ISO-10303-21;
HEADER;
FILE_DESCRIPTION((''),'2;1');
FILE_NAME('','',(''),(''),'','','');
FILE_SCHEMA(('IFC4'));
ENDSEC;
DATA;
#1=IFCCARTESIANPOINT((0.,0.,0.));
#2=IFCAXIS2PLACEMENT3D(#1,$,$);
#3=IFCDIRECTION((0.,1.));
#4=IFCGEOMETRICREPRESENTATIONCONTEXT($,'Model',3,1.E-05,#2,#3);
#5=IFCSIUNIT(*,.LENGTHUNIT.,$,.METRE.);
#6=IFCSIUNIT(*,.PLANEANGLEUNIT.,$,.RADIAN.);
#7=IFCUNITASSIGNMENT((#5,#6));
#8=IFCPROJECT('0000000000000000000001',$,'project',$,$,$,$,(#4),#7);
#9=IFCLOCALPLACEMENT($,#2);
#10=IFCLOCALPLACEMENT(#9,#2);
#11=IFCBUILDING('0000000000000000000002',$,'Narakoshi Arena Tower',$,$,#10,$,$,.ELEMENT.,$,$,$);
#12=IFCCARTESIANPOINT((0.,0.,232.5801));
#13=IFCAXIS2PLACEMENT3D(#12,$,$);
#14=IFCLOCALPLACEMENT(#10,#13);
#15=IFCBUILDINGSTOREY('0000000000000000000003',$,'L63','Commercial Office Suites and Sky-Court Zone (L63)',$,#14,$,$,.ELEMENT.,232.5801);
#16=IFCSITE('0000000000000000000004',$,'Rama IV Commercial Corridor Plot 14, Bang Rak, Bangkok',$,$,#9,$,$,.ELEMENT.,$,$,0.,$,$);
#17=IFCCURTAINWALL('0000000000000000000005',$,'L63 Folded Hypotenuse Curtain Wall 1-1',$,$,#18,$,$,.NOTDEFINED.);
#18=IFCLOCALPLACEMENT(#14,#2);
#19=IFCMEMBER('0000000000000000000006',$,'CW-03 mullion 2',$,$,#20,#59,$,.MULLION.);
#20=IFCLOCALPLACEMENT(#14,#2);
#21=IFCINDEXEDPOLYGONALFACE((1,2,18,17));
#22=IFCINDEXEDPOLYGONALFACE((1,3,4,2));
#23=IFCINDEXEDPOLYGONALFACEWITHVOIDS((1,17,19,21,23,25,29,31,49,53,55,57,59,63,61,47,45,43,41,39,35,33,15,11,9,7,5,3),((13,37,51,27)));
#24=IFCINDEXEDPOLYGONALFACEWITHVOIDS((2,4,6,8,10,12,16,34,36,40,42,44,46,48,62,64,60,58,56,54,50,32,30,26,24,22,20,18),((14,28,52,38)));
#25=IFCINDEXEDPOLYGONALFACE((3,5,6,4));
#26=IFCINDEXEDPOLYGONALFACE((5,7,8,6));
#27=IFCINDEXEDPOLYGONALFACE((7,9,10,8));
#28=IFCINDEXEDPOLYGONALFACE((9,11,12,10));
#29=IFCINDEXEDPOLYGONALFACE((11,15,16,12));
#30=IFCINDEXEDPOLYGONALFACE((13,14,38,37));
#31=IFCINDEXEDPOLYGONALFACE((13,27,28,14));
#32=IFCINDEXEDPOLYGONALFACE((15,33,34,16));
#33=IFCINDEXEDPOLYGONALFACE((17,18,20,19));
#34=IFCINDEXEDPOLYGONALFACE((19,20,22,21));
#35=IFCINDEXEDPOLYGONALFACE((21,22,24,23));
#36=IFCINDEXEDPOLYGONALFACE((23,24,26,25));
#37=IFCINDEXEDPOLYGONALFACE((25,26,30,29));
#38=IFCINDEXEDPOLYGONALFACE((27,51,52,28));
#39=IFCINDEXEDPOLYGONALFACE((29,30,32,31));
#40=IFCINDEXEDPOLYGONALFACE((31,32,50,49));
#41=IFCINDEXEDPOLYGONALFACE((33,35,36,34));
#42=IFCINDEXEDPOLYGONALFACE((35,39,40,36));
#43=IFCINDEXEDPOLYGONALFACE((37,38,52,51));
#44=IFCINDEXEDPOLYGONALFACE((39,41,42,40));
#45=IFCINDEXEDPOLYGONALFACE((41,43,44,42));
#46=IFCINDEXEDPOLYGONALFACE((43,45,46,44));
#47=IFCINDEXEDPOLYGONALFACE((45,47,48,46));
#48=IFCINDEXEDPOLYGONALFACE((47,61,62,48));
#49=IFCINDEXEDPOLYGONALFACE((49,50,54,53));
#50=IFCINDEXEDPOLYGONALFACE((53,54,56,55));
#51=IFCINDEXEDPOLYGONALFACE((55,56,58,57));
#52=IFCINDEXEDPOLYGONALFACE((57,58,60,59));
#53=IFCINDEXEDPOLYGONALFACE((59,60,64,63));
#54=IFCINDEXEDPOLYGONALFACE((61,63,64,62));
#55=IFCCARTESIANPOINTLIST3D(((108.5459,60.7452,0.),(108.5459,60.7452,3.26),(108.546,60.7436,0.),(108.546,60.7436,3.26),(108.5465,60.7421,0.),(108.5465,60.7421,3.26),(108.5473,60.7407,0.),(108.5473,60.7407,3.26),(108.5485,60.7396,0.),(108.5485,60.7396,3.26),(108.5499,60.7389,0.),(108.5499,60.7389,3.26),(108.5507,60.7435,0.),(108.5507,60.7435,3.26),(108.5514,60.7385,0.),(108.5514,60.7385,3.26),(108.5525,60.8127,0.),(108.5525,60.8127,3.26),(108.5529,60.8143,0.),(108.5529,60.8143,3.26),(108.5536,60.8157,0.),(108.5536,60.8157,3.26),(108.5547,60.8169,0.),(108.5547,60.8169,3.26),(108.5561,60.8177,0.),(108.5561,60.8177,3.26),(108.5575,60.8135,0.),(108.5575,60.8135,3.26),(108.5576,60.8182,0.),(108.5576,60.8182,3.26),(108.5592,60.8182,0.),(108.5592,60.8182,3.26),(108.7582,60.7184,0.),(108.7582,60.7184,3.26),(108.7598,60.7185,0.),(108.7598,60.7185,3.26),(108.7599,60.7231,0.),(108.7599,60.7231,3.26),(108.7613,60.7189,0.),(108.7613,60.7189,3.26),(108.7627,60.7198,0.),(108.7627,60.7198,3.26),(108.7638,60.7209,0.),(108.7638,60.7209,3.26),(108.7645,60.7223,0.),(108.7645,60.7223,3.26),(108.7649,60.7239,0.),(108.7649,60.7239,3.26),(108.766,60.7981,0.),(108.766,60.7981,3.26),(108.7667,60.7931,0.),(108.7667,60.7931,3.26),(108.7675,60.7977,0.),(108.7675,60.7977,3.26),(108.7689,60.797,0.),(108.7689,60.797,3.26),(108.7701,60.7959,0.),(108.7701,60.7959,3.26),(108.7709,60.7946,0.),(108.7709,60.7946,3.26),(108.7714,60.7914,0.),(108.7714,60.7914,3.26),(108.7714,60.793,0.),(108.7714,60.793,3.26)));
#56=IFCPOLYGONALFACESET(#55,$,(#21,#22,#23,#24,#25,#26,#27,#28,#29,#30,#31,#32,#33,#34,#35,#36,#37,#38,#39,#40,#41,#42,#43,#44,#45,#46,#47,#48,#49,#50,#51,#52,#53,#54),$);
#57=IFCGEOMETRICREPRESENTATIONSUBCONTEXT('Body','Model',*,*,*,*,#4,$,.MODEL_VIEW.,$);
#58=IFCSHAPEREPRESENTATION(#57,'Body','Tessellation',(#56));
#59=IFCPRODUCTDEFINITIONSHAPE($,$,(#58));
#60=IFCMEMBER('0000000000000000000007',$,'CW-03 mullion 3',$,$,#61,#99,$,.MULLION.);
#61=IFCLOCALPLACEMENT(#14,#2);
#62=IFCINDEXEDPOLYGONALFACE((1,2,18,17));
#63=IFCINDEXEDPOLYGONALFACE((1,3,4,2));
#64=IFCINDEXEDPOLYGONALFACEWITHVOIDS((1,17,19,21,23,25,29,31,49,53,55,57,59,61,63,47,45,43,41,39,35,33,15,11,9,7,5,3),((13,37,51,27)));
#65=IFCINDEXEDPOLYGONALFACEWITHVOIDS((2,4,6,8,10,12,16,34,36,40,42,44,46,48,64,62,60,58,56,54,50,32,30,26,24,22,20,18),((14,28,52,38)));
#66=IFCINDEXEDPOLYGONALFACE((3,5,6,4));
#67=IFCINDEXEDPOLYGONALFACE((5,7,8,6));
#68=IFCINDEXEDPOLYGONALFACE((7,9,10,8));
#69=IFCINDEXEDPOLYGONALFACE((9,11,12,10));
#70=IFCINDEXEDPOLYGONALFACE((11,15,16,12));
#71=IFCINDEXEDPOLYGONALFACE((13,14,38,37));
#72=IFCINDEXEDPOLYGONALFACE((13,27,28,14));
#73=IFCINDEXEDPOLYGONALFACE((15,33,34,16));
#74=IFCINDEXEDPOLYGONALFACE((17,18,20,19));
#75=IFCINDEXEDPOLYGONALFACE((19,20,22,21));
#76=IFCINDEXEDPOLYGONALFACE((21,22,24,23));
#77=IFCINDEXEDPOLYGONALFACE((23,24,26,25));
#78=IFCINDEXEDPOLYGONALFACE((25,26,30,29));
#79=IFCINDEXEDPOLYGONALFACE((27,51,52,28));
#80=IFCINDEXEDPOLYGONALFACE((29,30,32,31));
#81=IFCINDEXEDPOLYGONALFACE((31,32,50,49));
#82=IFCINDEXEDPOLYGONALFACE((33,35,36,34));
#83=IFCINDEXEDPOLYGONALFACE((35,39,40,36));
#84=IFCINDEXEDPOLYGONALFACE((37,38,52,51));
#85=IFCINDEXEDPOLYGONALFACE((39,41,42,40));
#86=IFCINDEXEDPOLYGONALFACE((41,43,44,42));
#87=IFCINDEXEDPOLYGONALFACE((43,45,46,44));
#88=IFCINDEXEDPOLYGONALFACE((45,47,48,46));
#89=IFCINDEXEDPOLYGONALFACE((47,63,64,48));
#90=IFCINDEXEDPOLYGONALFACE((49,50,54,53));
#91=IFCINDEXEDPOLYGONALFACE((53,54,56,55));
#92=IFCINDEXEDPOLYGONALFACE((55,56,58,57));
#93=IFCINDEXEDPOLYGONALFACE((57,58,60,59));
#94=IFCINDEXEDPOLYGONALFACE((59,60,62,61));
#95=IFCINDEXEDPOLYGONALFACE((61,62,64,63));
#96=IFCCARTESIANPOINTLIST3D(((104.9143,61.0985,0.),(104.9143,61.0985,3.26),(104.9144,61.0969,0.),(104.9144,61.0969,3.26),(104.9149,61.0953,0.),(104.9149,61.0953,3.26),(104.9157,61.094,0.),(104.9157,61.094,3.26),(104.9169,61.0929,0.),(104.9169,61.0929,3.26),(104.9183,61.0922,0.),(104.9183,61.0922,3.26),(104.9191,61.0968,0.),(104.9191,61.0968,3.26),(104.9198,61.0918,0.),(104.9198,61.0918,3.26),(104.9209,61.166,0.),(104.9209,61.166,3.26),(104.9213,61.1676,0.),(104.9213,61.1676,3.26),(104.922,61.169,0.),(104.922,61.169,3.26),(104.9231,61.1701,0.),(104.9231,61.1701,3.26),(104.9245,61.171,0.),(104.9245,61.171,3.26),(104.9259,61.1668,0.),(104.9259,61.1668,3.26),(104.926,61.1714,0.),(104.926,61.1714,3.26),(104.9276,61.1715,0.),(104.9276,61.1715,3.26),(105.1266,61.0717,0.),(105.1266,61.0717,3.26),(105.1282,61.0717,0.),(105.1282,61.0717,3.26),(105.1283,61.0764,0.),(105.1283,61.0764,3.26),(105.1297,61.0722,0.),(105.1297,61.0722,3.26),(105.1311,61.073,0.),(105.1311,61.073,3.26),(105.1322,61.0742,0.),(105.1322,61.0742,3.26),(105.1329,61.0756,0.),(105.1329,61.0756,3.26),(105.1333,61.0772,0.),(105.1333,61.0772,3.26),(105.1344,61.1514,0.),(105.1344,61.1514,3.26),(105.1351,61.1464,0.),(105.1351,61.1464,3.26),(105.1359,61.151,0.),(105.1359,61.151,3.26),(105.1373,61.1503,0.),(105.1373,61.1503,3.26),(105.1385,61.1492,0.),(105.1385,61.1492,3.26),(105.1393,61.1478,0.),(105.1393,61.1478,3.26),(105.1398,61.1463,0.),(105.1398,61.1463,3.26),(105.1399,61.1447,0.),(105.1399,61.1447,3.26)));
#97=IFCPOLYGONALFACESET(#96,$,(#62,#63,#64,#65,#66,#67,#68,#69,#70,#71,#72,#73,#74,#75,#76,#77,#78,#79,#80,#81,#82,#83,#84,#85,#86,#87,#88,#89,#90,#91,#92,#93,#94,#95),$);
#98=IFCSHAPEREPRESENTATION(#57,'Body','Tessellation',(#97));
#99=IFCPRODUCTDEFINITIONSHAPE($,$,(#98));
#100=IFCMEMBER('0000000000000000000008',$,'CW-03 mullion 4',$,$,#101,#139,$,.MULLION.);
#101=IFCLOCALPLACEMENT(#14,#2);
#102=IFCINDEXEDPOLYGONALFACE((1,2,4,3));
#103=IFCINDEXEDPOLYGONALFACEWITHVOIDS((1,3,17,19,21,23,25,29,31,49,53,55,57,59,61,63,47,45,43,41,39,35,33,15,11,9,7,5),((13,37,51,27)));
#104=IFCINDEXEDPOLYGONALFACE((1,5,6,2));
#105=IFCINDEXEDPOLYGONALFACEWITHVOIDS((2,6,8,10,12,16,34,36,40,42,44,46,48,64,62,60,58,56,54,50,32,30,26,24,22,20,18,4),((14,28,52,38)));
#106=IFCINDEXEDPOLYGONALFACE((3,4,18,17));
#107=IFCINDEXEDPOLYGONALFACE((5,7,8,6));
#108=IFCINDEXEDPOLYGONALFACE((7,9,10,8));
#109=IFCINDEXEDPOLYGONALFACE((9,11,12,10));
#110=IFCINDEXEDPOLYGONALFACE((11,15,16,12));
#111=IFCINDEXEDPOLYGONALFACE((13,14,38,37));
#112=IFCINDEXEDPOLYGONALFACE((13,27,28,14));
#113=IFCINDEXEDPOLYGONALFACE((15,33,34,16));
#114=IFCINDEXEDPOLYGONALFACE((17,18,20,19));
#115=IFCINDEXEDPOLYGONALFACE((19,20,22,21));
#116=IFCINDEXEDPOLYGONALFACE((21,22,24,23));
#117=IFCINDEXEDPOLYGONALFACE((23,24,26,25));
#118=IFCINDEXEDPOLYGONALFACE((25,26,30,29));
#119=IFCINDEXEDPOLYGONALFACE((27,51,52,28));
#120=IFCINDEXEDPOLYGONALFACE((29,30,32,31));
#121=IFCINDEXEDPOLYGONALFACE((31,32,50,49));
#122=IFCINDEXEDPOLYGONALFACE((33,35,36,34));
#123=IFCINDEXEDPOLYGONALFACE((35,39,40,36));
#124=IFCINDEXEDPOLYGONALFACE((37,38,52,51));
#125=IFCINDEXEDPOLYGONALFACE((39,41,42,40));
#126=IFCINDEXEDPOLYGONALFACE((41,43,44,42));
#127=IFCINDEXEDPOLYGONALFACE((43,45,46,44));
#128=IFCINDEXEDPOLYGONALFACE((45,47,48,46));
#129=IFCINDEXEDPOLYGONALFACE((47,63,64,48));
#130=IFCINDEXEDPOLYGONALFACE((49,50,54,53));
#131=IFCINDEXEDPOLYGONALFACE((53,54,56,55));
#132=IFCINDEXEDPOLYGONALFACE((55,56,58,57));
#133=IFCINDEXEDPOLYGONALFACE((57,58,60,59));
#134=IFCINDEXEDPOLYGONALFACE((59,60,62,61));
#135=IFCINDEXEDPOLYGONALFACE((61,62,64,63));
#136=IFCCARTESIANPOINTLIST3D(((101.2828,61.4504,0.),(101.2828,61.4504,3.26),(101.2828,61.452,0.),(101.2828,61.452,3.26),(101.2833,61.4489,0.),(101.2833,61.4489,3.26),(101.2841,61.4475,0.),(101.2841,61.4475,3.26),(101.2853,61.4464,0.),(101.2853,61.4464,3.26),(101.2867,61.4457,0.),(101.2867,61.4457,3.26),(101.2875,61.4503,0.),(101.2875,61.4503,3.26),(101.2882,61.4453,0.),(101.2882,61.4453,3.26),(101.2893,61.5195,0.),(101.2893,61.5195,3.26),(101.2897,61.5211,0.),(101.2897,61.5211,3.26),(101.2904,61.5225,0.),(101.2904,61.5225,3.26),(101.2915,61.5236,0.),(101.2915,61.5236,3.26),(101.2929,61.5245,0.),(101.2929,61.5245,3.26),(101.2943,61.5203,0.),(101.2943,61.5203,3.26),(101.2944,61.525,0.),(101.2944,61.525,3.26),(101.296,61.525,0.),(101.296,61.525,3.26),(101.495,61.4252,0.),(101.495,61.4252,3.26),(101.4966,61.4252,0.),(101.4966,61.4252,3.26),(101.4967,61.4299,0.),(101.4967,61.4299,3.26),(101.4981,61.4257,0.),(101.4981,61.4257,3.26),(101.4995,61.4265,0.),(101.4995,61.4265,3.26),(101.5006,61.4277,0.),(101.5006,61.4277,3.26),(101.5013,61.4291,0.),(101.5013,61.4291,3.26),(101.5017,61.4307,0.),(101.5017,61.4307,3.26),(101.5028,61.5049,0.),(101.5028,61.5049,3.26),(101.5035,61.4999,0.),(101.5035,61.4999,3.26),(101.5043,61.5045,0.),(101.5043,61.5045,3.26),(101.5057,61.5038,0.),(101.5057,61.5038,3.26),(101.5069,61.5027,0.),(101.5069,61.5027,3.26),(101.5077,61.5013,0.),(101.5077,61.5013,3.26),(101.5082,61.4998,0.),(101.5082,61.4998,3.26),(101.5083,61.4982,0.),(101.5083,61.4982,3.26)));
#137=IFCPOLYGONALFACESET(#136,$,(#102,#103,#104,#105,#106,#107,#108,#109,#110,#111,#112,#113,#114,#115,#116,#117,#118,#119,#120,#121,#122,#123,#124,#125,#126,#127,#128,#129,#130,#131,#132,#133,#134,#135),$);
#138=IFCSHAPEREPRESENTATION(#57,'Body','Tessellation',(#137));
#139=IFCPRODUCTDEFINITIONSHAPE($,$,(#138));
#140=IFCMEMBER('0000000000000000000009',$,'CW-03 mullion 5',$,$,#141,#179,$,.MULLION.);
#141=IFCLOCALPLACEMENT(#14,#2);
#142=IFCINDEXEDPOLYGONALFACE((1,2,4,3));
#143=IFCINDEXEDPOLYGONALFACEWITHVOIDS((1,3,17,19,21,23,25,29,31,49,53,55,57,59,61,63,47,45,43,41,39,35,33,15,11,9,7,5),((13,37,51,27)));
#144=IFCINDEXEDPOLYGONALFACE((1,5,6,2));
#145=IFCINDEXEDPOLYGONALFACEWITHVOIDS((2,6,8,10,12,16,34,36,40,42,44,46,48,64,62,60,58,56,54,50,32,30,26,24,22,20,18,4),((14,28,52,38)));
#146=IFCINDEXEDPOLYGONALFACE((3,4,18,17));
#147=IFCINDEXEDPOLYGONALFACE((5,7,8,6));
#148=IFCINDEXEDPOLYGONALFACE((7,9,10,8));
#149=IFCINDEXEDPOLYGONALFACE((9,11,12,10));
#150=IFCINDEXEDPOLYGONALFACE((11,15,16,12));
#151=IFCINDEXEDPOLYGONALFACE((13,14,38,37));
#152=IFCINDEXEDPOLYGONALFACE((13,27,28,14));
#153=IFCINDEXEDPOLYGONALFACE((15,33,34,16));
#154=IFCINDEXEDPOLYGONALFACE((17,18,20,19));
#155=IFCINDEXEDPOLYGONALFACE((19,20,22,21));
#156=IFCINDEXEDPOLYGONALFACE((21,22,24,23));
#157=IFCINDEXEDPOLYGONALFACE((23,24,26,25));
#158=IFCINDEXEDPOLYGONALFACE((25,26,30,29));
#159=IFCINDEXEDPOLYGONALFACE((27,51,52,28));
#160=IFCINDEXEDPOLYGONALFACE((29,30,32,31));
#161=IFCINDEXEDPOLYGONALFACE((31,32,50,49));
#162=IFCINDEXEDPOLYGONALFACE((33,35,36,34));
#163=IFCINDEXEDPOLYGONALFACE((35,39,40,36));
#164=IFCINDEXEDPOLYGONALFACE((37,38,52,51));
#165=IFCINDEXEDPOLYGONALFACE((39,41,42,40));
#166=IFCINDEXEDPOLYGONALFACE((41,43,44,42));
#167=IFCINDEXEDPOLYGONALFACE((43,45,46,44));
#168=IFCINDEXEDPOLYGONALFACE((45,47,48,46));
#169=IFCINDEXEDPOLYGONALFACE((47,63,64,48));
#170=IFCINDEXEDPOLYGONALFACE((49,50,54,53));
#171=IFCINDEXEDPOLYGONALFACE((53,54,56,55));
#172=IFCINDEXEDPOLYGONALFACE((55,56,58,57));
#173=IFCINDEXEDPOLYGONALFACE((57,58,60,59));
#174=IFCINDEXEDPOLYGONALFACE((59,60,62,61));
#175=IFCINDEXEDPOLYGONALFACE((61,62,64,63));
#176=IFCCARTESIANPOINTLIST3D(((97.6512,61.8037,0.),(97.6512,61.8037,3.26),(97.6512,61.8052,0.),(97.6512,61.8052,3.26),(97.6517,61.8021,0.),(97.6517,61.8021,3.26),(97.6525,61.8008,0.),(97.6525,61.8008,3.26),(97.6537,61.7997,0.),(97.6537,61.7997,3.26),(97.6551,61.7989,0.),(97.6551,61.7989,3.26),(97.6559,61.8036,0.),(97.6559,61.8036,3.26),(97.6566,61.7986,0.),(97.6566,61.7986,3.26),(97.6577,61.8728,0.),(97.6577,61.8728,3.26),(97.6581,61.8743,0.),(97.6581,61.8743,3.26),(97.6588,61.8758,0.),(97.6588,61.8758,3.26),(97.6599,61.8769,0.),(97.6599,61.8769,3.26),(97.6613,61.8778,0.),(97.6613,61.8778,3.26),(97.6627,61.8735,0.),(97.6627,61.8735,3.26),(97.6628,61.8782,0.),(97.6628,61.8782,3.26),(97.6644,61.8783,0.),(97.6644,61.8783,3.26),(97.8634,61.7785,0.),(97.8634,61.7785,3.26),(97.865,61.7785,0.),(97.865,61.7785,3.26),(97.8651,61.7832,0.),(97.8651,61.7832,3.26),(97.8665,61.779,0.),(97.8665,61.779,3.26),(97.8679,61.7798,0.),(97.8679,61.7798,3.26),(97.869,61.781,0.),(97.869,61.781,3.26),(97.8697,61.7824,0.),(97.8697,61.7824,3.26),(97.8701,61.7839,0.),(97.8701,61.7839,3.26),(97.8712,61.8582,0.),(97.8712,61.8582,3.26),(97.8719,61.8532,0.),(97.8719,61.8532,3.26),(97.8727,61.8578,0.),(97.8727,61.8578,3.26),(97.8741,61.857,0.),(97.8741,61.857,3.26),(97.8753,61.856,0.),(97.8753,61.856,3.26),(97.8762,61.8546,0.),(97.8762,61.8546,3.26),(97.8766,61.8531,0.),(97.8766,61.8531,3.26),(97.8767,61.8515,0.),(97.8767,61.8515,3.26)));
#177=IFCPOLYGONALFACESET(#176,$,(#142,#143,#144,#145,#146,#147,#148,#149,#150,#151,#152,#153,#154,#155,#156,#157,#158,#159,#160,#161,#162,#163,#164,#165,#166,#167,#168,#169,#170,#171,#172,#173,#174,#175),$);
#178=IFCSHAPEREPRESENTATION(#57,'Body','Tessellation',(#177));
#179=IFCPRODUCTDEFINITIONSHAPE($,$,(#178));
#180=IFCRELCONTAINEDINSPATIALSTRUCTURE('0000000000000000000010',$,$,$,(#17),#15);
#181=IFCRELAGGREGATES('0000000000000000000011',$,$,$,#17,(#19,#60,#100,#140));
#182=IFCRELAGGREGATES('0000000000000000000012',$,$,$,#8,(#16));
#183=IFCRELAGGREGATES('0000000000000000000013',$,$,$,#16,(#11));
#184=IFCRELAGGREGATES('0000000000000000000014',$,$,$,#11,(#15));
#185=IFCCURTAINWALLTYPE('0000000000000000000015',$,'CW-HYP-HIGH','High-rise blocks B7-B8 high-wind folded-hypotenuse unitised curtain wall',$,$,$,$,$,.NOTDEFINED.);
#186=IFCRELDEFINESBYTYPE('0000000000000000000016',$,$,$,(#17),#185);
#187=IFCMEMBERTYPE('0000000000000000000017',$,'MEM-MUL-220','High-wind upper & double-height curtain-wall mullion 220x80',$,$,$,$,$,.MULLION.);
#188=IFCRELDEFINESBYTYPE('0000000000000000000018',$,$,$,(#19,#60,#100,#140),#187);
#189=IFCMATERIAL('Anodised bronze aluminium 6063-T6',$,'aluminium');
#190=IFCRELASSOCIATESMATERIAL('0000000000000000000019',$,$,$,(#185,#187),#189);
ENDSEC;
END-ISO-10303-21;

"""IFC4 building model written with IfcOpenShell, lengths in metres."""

from ifc_helpers import new_model, si_unit, direction, frame, origin, origin_2d, place, context, subcontext, project, spatial, hollow_rectangle, extrude, material, material_profile, profile_set, type_object, element, aggregate, save


model = new_model("IFC4")

# Units and contexts
model_context = context("Model", 3, precision=1e-05, world=origin(), true_north=direction((0.0, 1.0)))
body_context = subcontext(model_context, "Body", "Model", "MODEL_VIEW")
ifc_project = project(units=[si_unit("LENGTHUNIT", "METRE"), si_unit("PLANEANGLEUNIT", "RADIAN")], contexts=[model_context])

# Site, building, storey
site_placement = place(None, origin())
site = spatial("IfcSite", under=ifc_project, at=site_placement, Name="Rama IV Commercial Corridor Plot 14, Bang Rak, Bangkok", CompositionType="ELEMENT", RefElevation=0.0)
building_placement = place(site_placement, origin())
building = spatial("IfcBuilding", under=site, at=building_placement, Name="Narakoshi Arena Tower", CompositionType="ELEMENT")
storey_placement = place(building_placement, frame((0.0, 0.0, 232.5801)))
storey = spatial("IfcBuildingStorey", under=building, at=storey_placement, Name="L63", Description="Commercial Office Suites and Sky-Court Zone (L63)", CompositionType="ELEMENT", Elevation=232.5801)

# Curtain wall, members
ifc_material_1 = material(Name="Anodised bronze aluminium 6063-T6", Category="aluminium")
curtain_wall_type = type_object("IfcCurtainWallType", Name="CW-HYP-HIGH", Description="High-rise blocks B7-B8 high-wind folded-hypotenuse unitised curtain wall", PredefinedType="NOTDEFINED", material=ifc_material_1)
curtain_wall_placement = place(storey_placement, origin())
curtain_wall = element("IfcCurtainWall", 1, at=curtain_wall_placement, inside=storey, type_object=curtain_wall_type, Name="L63 Folded Hypotenuse Curtain Wall 1-1", PredefinedType="NOTDEFINED")
ifc_material_profile_1 = material_profile(ifc_material_1, hollow_rectangle(XDim=0.0801, YDim=0.22, WallThickness=0.0049, OuterFilletRadius=0.0061, at=origin_2d()), Name="MUL220x80x5")
ifc_profile_set_1 = profile_set([ifc_material_profile_1], Name="Anodised bronze aluminium 6063-T6")
member_type_1 = type_object("IfcMemberType", Name="MEM-MUL-220", Description="High-wind upper & double-height curtain-wall mullion 220x80", PredefinedType="MULLION", material=ifc_profile_set_1)
member_1_placement = place(storey_placement, frame((108.6587, 60.7683, 0.0), z_axis=(0.0, 0.0, 1.0), x_axis=(-0.096851, -0.995299, 0.0)))
member_1 = element("IfcMember", 2, at=member_1_placement, type_object=member_type_1, Name="CW-03 mullion 2", PredefinedType="MULLION", context=body_context, shape_type="SweptSolid", body=[
    extrude(hollow_rectangle(XDim=0.0801, YDim=0.22, WallThickness=0.0049, OuterFilletRadius=0.0061, at=origin_2d()), origin(), (0.0, 0.0, 1.0), 3.26),
])
member_2_placement = place(storey_placement, frame((105.0271, 61.1216, 0.0), z_axis=(0.0, 0.0, 1.0), x_axis=(-0.096851, -0.995299, 0.0)))
member_2 = element("IfcMember", 3, at=member_2_placement, type_object=member_type_1, Name="CW-03 mullion 3", PredefinedType="MULLION", context=body_context, shape_type="SweptSolid", body=[
    extrude(hollow_rectangle(XDim=0.0801, YDim=0.22, WallThickness=0.0049, OuterFilletRadius=0.0061, at=origin_2d()), origin(), (0.0, 0.0, 1.0), 3.26),
])
member_3_placement = place(storey_placement, frame((101.3955, 61.4751, 0.0), z_axis=(0.0, 0.0, 1.0), x_axis=(-0.096851, -0.995299, 0.0)))
member_3 = element("IfcMember", 4, at=member_3_placement, type_object=member_type_1, Name="CW-03 mullion 4", PredefinedType="MULLION", context=body_context, shape_type="SweptSolid", body=[
    extrude(hollow_rectangle(XDim=0.0801, YDim=0.22, WallThickness=0.0049, OuterFilletRadius=0.0061, at=origin_2d()), origin(), (0.0, 0.0, 1.0), 3.26),
])
member_4_placement = place(storey_placement, frame((97.7639, 61.8284, 0.0), z_axis=(0.0, 0.0, 1.0), x_axis=(-0.096851, -0.995299, 0.0)))
member_4 = element("IfcMember", 5, at=member_4_placement, type_object=member_type_1, Name="CW-03 mullion 5", PredefinedType="MULLION", context=body_context, shape_type="SweptSolid", body=[
    extrude(hollow_rectangle(XDim=0.0801, YDim=0.22, WallThickness=0.0049, OuterFilletRadius=0.0061, at=origin_2d()), origin(), (0.0, 0.0, 1.0), 3.26),
])
aggregate(curtain_wall, [member_1, member_2, member_3, member_4])

save(model, "model.ifc")
